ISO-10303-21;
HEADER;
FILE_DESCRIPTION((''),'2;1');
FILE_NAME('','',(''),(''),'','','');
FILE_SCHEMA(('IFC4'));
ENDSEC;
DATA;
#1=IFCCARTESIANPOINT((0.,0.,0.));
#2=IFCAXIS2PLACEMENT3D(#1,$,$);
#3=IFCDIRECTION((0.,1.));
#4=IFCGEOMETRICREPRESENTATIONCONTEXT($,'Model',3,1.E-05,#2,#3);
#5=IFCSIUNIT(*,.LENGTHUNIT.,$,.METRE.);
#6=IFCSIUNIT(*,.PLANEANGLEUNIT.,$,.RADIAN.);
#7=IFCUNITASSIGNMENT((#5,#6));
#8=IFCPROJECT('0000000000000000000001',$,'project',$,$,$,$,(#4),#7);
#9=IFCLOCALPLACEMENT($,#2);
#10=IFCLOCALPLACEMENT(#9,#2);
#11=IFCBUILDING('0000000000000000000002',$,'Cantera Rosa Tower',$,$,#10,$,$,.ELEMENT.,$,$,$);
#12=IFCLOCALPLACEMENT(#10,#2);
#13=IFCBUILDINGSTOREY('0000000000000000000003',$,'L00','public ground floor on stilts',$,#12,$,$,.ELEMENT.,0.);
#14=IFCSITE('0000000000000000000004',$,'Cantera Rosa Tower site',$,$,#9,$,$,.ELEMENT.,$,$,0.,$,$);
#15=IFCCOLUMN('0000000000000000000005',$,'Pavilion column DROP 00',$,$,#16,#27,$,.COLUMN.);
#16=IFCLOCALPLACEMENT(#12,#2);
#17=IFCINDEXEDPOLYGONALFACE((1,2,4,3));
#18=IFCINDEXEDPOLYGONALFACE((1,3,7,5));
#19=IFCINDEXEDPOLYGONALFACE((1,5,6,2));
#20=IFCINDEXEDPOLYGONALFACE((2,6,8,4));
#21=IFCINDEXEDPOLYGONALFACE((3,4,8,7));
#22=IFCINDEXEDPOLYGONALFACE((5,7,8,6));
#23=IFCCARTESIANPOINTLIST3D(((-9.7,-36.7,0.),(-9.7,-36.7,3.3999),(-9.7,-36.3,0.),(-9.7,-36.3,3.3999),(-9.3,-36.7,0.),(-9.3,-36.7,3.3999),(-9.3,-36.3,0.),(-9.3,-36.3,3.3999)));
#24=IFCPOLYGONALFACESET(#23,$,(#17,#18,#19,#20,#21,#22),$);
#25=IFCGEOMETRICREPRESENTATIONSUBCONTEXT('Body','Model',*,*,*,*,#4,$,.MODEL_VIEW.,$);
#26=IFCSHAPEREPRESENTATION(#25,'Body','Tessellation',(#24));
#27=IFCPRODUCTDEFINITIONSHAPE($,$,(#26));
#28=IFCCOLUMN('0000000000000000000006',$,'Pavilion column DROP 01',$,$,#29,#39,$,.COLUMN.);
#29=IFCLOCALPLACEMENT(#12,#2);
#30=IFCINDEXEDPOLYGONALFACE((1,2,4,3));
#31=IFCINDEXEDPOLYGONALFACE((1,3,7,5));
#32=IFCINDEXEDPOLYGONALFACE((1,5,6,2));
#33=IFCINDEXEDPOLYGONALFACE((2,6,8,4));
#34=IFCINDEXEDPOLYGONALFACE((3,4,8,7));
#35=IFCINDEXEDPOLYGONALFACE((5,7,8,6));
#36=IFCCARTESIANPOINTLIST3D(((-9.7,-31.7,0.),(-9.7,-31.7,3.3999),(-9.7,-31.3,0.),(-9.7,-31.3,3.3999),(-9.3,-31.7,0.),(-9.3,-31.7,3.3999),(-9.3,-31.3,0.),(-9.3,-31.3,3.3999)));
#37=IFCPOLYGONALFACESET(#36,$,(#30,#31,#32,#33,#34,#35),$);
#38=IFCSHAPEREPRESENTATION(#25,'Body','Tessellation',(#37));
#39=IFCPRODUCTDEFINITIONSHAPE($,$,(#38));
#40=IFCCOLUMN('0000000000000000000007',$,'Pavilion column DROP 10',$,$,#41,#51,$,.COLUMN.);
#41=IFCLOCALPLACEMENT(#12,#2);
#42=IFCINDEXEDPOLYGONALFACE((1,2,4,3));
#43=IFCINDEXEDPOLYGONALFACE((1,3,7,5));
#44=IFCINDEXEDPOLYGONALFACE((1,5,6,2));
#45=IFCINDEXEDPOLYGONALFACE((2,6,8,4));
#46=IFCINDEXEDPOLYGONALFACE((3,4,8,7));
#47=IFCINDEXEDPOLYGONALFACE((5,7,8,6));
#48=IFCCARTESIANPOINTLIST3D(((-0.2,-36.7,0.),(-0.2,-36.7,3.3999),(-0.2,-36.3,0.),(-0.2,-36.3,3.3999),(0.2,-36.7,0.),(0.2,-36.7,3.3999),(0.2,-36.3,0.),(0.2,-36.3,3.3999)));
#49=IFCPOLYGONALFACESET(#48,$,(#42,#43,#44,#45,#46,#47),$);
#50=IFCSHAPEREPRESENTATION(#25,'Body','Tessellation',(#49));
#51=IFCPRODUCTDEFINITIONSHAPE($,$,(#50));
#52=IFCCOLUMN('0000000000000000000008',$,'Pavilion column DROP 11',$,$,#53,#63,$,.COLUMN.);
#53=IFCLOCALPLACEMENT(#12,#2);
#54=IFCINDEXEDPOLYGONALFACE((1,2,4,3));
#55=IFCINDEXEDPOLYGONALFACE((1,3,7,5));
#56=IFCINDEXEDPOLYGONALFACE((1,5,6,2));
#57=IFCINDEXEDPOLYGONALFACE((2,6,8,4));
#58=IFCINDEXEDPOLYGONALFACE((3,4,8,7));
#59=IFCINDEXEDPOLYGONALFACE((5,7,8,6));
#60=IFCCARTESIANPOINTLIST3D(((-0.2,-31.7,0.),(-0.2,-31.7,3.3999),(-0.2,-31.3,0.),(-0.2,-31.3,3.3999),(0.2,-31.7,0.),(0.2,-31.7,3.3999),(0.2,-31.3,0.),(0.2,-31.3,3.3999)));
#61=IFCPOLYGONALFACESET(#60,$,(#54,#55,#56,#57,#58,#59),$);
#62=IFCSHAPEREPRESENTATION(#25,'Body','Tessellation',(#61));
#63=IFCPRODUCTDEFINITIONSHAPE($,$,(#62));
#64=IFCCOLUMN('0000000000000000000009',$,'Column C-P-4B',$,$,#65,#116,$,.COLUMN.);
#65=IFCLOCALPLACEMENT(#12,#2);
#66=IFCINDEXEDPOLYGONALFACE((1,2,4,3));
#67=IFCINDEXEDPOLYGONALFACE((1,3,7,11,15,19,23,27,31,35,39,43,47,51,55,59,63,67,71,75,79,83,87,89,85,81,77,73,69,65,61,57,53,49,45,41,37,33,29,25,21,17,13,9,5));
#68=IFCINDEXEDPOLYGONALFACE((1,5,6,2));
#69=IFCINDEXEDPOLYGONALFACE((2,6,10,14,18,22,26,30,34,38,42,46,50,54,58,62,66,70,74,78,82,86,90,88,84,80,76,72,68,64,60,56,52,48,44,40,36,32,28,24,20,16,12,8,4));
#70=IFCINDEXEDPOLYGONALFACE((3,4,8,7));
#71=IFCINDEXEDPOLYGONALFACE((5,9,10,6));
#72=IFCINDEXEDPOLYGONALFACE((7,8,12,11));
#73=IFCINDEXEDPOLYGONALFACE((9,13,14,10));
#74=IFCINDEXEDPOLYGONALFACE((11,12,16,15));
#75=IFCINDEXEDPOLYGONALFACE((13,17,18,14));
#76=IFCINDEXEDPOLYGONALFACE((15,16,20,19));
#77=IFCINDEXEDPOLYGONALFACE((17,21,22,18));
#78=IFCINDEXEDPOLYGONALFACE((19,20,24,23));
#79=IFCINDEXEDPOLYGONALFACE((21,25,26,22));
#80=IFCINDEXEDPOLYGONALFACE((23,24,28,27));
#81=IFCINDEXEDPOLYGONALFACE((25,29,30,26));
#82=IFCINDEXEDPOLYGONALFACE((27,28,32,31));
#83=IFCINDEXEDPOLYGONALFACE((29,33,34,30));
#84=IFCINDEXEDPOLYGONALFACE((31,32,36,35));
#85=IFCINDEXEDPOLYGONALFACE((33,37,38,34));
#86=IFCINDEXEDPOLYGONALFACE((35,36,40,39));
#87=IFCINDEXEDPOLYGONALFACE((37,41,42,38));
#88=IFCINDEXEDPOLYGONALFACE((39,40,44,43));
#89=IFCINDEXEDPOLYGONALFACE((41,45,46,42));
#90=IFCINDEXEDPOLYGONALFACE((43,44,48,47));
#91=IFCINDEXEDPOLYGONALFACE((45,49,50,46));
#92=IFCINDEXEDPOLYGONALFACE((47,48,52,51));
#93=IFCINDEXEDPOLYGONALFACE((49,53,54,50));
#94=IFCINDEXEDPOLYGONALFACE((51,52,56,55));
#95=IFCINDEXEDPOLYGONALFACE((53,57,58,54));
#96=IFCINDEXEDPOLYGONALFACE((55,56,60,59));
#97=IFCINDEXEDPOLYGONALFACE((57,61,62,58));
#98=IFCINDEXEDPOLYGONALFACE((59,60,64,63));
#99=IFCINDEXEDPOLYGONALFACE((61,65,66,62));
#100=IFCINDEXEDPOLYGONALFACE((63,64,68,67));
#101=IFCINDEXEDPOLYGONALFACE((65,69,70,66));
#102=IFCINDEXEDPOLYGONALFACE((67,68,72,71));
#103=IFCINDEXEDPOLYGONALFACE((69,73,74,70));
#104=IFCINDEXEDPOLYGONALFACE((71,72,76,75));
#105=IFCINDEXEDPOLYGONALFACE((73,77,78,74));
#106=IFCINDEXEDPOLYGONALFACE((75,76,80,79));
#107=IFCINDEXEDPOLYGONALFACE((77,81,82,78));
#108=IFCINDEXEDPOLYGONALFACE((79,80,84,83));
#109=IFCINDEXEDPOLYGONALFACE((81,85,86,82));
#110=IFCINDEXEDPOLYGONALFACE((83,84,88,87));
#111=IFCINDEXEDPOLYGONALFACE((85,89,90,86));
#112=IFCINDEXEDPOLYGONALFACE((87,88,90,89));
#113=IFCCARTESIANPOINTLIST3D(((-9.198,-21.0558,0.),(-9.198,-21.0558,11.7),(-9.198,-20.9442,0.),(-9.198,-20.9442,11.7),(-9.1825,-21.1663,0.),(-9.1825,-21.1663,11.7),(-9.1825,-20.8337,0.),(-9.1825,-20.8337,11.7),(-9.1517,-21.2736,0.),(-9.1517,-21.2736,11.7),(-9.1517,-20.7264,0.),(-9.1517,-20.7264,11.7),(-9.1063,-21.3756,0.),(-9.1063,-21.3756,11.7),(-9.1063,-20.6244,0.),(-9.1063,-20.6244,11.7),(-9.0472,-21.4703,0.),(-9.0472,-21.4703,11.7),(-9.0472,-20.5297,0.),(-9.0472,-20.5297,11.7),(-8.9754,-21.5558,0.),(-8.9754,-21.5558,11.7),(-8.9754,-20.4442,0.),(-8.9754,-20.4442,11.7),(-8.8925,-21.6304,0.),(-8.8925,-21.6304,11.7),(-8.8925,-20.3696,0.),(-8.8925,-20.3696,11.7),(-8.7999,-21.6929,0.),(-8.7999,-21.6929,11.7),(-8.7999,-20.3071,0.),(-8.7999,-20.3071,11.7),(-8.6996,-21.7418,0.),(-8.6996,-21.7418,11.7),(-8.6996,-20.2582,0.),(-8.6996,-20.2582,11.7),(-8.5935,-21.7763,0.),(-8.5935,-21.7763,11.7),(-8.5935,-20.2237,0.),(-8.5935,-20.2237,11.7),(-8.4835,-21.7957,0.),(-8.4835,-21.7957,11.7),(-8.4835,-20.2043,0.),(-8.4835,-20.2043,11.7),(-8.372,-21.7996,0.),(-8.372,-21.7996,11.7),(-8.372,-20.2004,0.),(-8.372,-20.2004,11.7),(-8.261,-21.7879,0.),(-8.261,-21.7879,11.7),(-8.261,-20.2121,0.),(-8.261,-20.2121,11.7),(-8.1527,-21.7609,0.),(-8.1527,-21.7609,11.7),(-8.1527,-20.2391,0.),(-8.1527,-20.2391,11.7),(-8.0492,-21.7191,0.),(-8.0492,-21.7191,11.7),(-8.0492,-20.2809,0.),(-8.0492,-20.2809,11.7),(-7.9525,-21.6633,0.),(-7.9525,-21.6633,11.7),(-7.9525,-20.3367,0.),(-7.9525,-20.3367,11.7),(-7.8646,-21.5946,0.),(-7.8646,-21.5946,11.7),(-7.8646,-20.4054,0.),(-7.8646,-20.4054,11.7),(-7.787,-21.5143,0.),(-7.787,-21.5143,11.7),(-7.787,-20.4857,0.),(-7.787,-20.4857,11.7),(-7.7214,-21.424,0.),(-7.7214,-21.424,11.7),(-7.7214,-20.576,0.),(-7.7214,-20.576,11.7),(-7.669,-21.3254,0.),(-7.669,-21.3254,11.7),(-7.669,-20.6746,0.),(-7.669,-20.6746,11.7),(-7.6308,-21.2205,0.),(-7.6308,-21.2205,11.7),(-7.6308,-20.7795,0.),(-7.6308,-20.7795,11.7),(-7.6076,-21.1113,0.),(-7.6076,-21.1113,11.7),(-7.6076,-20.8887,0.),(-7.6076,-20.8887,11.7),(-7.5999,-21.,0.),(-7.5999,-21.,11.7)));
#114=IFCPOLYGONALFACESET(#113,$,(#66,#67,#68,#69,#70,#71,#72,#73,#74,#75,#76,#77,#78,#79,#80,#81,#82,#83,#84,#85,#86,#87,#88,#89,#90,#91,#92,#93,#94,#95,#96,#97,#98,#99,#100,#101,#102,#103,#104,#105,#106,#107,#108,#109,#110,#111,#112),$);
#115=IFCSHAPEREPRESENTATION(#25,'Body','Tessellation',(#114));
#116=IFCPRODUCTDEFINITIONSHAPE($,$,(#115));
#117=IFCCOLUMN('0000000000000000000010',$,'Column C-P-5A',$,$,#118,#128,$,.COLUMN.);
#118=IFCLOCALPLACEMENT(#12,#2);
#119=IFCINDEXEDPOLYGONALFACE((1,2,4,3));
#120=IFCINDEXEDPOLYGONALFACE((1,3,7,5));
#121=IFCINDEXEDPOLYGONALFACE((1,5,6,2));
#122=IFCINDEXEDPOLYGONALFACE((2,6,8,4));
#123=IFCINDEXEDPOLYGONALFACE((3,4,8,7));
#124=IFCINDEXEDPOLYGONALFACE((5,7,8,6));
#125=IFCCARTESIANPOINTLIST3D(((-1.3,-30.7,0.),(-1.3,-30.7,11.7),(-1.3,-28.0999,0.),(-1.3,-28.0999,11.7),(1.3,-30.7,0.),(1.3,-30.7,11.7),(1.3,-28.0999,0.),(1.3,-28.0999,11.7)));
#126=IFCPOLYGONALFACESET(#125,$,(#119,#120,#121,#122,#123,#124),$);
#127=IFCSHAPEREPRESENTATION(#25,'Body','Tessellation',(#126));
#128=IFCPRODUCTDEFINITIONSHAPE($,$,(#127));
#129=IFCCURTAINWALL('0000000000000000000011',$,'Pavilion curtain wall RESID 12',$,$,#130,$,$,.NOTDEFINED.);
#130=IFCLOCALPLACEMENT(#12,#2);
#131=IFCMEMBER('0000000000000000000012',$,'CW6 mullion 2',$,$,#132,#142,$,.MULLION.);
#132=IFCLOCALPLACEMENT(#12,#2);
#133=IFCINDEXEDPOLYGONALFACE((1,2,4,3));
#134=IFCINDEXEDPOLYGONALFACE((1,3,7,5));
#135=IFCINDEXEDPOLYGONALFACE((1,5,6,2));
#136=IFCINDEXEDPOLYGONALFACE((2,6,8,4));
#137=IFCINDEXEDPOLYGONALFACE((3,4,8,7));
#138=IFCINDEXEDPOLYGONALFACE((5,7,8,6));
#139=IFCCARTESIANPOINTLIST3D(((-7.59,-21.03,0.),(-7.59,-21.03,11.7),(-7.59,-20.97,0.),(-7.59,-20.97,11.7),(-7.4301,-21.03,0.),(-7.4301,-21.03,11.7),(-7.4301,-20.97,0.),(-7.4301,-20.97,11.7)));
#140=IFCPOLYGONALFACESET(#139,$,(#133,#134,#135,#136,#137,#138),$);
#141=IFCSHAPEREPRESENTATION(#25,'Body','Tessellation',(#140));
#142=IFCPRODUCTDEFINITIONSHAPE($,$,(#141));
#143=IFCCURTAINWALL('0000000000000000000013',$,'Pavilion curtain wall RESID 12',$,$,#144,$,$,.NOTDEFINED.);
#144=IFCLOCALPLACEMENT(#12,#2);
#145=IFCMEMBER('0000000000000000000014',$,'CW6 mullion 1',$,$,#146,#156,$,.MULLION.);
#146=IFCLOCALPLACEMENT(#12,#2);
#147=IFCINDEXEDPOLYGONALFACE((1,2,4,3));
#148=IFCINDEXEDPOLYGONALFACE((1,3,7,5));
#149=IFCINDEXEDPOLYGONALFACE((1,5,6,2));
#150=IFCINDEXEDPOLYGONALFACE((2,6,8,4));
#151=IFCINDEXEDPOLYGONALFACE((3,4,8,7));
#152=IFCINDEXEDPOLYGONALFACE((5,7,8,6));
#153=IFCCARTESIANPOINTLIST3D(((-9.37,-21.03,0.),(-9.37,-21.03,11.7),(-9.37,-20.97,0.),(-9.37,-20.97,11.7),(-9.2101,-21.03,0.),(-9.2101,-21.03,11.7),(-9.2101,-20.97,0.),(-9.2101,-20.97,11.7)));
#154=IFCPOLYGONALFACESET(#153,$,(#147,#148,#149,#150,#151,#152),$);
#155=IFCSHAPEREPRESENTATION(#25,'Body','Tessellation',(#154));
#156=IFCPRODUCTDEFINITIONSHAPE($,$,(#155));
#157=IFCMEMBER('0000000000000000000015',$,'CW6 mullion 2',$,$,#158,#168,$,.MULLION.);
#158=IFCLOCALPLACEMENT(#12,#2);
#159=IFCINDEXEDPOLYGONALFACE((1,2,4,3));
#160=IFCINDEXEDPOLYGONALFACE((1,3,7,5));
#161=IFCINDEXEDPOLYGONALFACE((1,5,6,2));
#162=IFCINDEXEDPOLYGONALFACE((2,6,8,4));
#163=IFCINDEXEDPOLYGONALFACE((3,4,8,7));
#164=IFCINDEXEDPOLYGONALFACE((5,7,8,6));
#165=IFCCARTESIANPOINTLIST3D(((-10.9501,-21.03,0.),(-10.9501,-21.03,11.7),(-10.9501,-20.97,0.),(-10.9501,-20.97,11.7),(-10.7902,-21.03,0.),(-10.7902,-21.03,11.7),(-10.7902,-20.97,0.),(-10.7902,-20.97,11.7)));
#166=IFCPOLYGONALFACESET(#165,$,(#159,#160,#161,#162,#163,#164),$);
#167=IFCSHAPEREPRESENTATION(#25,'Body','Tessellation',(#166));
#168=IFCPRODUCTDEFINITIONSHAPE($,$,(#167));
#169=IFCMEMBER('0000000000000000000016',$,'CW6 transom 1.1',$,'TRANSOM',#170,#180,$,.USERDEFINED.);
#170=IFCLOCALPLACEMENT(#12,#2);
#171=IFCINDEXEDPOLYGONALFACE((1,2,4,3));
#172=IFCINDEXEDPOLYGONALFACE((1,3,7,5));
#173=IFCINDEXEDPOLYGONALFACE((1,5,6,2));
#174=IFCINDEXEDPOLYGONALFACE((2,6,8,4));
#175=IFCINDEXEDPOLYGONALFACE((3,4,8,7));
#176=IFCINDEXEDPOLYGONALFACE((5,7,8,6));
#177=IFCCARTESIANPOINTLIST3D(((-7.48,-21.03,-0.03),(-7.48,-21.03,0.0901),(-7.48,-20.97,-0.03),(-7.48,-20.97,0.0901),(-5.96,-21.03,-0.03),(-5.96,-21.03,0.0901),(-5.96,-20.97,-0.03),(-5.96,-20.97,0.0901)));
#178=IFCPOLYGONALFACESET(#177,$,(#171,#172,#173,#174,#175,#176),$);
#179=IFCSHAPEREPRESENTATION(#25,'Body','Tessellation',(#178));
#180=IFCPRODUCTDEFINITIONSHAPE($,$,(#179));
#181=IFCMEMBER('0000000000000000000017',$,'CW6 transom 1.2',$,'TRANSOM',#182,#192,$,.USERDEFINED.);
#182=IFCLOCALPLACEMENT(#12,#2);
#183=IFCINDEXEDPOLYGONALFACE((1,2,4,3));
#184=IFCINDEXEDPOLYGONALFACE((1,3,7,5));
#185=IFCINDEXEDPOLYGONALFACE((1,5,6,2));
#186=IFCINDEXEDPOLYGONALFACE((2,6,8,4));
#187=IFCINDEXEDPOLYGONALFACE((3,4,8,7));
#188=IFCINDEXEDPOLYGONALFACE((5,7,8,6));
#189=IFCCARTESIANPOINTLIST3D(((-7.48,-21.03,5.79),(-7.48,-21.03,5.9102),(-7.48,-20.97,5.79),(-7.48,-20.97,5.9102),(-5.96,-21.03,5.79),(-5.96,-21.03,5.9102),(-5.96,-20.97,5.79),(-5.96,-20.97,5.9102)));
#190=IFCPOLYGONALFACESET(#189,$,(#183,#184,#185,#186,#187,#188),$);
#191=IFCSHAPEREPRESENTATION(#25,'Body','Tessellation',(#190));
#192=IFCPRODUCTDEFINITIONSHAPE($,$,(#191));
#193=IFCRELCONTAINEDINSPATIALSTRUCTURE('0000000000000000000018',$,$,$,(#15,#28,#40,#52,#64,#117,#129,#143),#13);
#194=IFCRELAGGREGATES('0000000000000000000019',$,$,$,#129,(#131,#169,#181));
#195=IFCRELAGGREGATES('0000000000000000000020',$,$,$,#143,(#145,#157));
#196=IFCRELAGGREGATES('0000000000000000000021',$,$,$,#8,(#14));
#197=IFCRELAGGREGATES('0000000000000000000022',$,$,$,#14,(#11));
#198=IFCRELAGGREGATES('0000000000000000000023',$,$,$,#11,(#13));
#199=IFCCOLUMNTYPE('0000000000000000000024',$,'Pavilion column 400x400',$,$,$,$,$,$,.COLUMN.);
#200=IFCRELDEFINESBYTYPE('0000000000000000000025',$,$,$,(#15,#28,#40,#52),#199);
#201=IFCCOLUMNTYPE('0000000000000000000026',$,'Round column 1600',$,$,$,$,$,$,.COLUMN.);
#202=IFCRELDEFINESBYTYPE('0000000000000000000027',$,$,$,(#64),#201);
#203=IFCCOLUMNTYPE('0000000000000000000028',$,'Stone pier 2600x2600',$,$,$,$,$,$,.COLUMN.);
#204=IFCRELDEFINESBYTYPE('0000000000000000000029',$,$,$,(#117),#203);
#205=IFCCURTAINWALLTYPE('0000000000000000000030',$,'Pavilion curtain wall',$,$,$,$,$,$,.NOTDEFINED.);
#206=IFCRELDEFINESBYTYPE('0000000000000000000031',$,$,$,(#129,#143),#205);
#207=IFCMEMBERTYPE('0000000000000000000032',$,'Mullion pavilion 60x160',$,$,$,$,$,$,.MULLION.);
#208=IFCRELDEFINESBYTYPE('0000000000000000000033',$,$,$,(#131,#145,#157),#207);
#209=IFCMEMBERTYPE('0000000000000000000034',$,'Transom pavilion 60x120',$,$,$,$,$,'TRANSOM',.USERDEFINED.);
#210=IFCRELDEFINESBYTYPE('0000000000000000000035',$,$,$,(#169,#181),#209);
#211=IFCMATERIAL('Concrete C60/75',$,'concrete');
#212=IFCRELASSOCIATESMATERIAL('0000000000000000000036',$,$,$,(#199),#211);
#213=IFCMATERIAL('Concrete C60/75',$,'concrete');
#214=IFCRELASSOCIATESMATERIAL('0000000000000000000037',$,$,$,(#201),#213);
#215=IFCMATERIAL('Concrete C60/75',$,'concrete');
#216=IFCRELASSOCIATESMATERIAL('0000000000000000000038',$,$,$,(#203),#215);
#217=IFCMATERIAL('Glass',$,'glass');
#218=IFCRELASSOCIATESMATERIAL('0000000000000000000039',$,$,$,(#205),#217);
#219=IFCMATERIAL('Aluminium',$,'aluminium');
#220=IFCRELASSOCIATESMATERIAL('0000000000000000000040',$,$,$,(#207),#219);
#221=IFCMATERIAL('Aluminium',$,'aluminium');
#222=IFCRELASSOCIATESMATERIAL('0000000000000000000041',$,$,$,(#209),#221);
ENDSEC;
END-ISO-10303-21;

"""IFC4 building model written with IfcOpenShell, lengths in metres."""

from ifc_helpers import new_model, si_unit, direction, frame, origin, origin_2d, place, context, subcontext, project, spatial, rectangle, circle, extrude, material, material_profile, profile_set, type_object, element, aggregate, save


model = new_model("IFC4")

# Units and contexts
model_context = context("Model", 3, precision=1e-05, world=origin(), true_north=direction((0.0, 1.0)))
body_context = subcontext(model_context, "Body", "Model", "MODEL_VIEW")
ifc_project = project(units=[si_unit("LENGTHUNIT", "METRE"), si_unit("PLANEANGLEUNIT", "RADIAN")], contexts=[model_context])

# Site, building, storey
site_placement = place(None, origin())
site = spatial("IfcSite", under=ifc_project, at=site_placement, Name="Cantera Rosa Tower site", CompositionType="ELEMENT", RefElevation=0.0)
building_placement = place(site_placement, origin())
building = spatial("IfcBuilding", under=site, at=building_placement, Name="Cantera Rosa Tower", CompositionType="ELEMENT")
storey_placement = place(building_placement, origin())
storey = spatial("IfcBuildingStorey", under=building, at=storey_placement, Name="L00", Description="public ground floor on stilts", CompositionType="ELEMENT", Elevation=0.0)

# Columns
ifc_material_1 = material(Name="Concrete C60/75", Category="concrete")
ifc_material_profile_1 = material_profile(ifc_material_1, rectangle(XDim=0.3999, YDim=0.3999, at=origin_2d()), Name="Pavilion column 400x400")
ifc_profile_set_1 = profile_set([ifc_material_profile_1], Name="Concrete C60/75")
column_type_1 = type_object("IfcColumnType", Name="Pavilion column 400x400", PredefinedType="COLUMN", material=ifc_profile_set_1)
for number, where, z_axis, x_axis, name in (
    (1, (-9.5, -36.5, 0.0), (0.0, 0.0, 1.0), (1.0, 0.0, 0.0), "Pavilion column DROP 00"),
    (2, (-9.5, -31.5, 0.0), (0.0, 0.0, 1.0), (1.0, 0.0, 0.0), "Pavilion column DROP 01"),
    (3, (0.0, -36.5, 0.0), (0.0, 0.0, 1.0), (1.0, 0.0, 0.0), "Pavilion column DROP 10"),
    (4, (0.0, -31.5, 0.0), (0.0, 0.0, 1.0), (1.0, 0.0, 0.0), "Pavilion column DROP 11"),
):
    element("IfcColumn", number, at=place(storey_placement, frame(where, z_axis=z_axis, x_axis=x_axis)), inside=storey, type_object=column_type_1, Name=name, PredefinedType="COLUMN", context=body_context, shape_type="SweptSolid", body=[
        extrude(rectangle(XDim=0.3999, YDim=0.3999, at=origin_2d()), origin(), (0.0, 0.0, 1.0), 3.3999),
    ])
ifc_material_2 = material(Name="Concrete C60/75", Category="concrete")
ifc_material_profile_2 = material_profile(ifc_material_2, circle(Radius=0.8, at=origin_2d()), Name="Round column 1600")
ifc_profile_set_2 = profile_set([ifc_material_profile_2], Name="Concrete C60/75")
column_type_2 = type_object("IfcColumnType", Name="Round column 1600", PredefinedType="COLUMN", material=ifc_profile_set_2)
column_1_placement = place(storey_placement, frame((-8.3999, -21.0, 0.0), z_axis=(0.0, 0.0, 1.0), x_axis=(1.0, 0.0, 0.0)))
element("IfcColumn", 5, at=column_1_placement, inside=storey, type_object=column_type_2, Name="Column C-P-4B", PredefinedType="COLUMN", context=body_context, shape_type="SweptSolid", body=[
    extrude(circle(Radius=0.8, at=origin_2d()), origin(), (0.0, 0.0, 1.0), 11.7),
])
ifc_material_3 = material(Name="Concrete C60/75", Category="concrete")
ifc_material_profile_3 = material_profile(ifc_material_3, rectangle(XDim=2.6001, YDim=2.6001, at=origin_2d()), Name="Stone pier 2600x2600")
ifc_profile_set_3 = profile_set([ifc_material_profile_3], Name="Concrete C60/75")
column_type_3 = type_object("IfcColumnType", Name="Stone pier 2600x2600", PredefinedType="COLUMN", material=ifc_profile_set_3)
column_2_placement = place(storey_placement, frame((0.0, -29.3999, 0.0), z_axis=(0.0, 0.0, 1.0), x_axis=(1.0, 0.0, 0.0)))
element("IfcColumn", 6, at=column_2_placement, inside=storey, type_object=column_type_3, Name="Column C-P-5A", PredefinedType="COLUMN", context=body_context, shape_type="SweptSolid", body=[
    extrude(rectangle(XDim=2.6001, YDim=2.6001, at=origin_2d()), origin(), (0.0, 0.0, 1.0), 11.7),
])

# Curtain wall, member
ifc_material_4 = material(Name="Glass", Category="glass")
curtain_wall_type = type_object("IfcCurtainWallType", Name="Pavilion curtain wall", PredefinedType="NOTDEFINED", material=ifc_material_4)
curtain_wall_1_placement = place(storey_placement, origin())
curtain_wall_1 = element("IfcCurtainWall", 7, at=curtain_wall_1_placement, inside=storey, type_object=curtain_wall_type, Name="Pavilion curtain wall RESID 12", PredefinedType="NOTDEFINED")
ifc_material_5 = material(Name="Aluminium", Category="aluminium")
ifc_material_profile_4 = material_profile(ifc_material_5, rectangle(XDim=0.0601, YDim=0.1599, at=origin_2d()), Name="Mullion pavilion 60x160")
ifc_profile_set_4 = profile_set([ifc_material_profile_4], Name="Aluminium")
member_type_1 = type_object("IfcMemberType", Name="Mullion pavilion 60x160", PredefinedType="MULLION", material=ifc_profile_set_4)
member_1_placement = place(storey_placement, frame((-7.51, -21.0, 0.0), z_axis=(0.0, 0.0, 1.0), x_axis=(0.0, -1.0, 0.0)))
member_1 = element("IfcMember", 8, at=member_1_placement, type_object=member_type_1, Name="CW6 mullion 2", PredefinedType="MULLION", context=body_context, shape_type="SweptSolid", body=[
    extrude(rectangle(XDim=0.0601, YDim=0.1599, at=origin_2d()), origin(), (0.0, 0.0, 1.0), 11.7),
])

# Curtain wall, members
curtain_wall_2_placement = place(storey_placement, origin())
curtain_wall_2 = element("IfcCurtainWall", 9, at=curtain_wall_2_placement, inside=storey, type_object=curtain_wall_type, Name="Pavilion curtain wall RESID 12", PredefinedType="NOTDEFINED")
member_2_placement = place(storey_placement, frame((-9.29, -21.0, 0.0), z_axis=(0.0, 0.0, 1.0), x_axis=(0.0, -1.0, 0.0)))
member_2 = element("IfcMember", 10, at=member_2_placement, type_object=member_type_1, Name="CW6 mullion 1", PredefinedType="MULLION", context=body_context, shape_type="SweptSolid", body=[
    extrude(rectangle(XDim=0.0601, YDim=0.1599, at=origin_2d()), origin(), (0.0, 0.0, 1.0), 11.7),
])
member_3_placement = place(storey_placement, frame((-10.8701, -21.0, 0.0), z_axis=(0.0, 0.0, 1.0), x_axis=(0.0, -1.0, 0.0)))
member_3 = element("IfcMember", 11, at=member_3_placement, type_object=member_type_1, Name="CW6 mullion 2", PredefinedType="MULLION", context=body_context, shape_type="SweptSolid", body=[
    extrude(rectangle(XDim=0.0601, YDim=0.1599, at=origin_2d()), origin(), (0.0, 0.0, 1.0), 11.7),
])

# Members
ifc_material_6 = material(Name="Aluminium", Category="aluminium")
ifc_material_profile_5 = material_profile(ifc_material_6, rectangle(XDim=0.0601, YDim=0.1201, at=origin_2d()), Name="Transom pavilion 60x120")
ifc_profile_set_5 = profile_set([ifc_material_profile_5], Name="Aluminium")
member_type_2 = type_object("IfcMemberType", Name="Transom pavilion 60x120", ElementType="TRANSOM", PredefinedType="USERDEFINED", material=ifc_profile_set_5)
member_4_placement = place(storey_placement, frame((-5.96, -21.0, 0.03), z_axis=(-1.0, 0.0, 0.0), x_axis=(0.0, -1.0, 0.0)))
member_4 = element("IfcMember", 12, at=member_4_placement, type_object=member_type_2, Name="CW6 transom 1.1", ObjectType="TRANSOM", PredefinedType="USERDEFINED", context=body_context, shape_type="SweptSolid", body=[
    extrude(rectangle(XDim=0.0601, YDim=0.1201, at=origin_2d()), origin(), (0.0, 0.0, 1.0), 1.52),
])
member_5_placement = place(storey_placement, frame((-5.96, -21.0, 5.8501), z_axis=(-1.0, 0.0, 0.0), x_axis=(0.0, -1.0, 0.0)))
member_5 = element("IfcMember", 13, at=member_5_placement, type_object=member_type_2, Name="CW6 transom 1.2", ObjectType="TRANSOM", PredefinedType="USERDEFINED", context=body_context, shape_type="SweptSolid", body=[
    extrude(rectangle(XDim=0.0601, YDim=0.1201, at=origin_2d()), origin(), (0.0, 0.0, 1.0), 1.52),
])

aggregate(curtain_wall_1, [member_1, member_4, member_5])
aggregate(curtain_wall_2, [member_2, member_3])

save(model, "model.ifc")
